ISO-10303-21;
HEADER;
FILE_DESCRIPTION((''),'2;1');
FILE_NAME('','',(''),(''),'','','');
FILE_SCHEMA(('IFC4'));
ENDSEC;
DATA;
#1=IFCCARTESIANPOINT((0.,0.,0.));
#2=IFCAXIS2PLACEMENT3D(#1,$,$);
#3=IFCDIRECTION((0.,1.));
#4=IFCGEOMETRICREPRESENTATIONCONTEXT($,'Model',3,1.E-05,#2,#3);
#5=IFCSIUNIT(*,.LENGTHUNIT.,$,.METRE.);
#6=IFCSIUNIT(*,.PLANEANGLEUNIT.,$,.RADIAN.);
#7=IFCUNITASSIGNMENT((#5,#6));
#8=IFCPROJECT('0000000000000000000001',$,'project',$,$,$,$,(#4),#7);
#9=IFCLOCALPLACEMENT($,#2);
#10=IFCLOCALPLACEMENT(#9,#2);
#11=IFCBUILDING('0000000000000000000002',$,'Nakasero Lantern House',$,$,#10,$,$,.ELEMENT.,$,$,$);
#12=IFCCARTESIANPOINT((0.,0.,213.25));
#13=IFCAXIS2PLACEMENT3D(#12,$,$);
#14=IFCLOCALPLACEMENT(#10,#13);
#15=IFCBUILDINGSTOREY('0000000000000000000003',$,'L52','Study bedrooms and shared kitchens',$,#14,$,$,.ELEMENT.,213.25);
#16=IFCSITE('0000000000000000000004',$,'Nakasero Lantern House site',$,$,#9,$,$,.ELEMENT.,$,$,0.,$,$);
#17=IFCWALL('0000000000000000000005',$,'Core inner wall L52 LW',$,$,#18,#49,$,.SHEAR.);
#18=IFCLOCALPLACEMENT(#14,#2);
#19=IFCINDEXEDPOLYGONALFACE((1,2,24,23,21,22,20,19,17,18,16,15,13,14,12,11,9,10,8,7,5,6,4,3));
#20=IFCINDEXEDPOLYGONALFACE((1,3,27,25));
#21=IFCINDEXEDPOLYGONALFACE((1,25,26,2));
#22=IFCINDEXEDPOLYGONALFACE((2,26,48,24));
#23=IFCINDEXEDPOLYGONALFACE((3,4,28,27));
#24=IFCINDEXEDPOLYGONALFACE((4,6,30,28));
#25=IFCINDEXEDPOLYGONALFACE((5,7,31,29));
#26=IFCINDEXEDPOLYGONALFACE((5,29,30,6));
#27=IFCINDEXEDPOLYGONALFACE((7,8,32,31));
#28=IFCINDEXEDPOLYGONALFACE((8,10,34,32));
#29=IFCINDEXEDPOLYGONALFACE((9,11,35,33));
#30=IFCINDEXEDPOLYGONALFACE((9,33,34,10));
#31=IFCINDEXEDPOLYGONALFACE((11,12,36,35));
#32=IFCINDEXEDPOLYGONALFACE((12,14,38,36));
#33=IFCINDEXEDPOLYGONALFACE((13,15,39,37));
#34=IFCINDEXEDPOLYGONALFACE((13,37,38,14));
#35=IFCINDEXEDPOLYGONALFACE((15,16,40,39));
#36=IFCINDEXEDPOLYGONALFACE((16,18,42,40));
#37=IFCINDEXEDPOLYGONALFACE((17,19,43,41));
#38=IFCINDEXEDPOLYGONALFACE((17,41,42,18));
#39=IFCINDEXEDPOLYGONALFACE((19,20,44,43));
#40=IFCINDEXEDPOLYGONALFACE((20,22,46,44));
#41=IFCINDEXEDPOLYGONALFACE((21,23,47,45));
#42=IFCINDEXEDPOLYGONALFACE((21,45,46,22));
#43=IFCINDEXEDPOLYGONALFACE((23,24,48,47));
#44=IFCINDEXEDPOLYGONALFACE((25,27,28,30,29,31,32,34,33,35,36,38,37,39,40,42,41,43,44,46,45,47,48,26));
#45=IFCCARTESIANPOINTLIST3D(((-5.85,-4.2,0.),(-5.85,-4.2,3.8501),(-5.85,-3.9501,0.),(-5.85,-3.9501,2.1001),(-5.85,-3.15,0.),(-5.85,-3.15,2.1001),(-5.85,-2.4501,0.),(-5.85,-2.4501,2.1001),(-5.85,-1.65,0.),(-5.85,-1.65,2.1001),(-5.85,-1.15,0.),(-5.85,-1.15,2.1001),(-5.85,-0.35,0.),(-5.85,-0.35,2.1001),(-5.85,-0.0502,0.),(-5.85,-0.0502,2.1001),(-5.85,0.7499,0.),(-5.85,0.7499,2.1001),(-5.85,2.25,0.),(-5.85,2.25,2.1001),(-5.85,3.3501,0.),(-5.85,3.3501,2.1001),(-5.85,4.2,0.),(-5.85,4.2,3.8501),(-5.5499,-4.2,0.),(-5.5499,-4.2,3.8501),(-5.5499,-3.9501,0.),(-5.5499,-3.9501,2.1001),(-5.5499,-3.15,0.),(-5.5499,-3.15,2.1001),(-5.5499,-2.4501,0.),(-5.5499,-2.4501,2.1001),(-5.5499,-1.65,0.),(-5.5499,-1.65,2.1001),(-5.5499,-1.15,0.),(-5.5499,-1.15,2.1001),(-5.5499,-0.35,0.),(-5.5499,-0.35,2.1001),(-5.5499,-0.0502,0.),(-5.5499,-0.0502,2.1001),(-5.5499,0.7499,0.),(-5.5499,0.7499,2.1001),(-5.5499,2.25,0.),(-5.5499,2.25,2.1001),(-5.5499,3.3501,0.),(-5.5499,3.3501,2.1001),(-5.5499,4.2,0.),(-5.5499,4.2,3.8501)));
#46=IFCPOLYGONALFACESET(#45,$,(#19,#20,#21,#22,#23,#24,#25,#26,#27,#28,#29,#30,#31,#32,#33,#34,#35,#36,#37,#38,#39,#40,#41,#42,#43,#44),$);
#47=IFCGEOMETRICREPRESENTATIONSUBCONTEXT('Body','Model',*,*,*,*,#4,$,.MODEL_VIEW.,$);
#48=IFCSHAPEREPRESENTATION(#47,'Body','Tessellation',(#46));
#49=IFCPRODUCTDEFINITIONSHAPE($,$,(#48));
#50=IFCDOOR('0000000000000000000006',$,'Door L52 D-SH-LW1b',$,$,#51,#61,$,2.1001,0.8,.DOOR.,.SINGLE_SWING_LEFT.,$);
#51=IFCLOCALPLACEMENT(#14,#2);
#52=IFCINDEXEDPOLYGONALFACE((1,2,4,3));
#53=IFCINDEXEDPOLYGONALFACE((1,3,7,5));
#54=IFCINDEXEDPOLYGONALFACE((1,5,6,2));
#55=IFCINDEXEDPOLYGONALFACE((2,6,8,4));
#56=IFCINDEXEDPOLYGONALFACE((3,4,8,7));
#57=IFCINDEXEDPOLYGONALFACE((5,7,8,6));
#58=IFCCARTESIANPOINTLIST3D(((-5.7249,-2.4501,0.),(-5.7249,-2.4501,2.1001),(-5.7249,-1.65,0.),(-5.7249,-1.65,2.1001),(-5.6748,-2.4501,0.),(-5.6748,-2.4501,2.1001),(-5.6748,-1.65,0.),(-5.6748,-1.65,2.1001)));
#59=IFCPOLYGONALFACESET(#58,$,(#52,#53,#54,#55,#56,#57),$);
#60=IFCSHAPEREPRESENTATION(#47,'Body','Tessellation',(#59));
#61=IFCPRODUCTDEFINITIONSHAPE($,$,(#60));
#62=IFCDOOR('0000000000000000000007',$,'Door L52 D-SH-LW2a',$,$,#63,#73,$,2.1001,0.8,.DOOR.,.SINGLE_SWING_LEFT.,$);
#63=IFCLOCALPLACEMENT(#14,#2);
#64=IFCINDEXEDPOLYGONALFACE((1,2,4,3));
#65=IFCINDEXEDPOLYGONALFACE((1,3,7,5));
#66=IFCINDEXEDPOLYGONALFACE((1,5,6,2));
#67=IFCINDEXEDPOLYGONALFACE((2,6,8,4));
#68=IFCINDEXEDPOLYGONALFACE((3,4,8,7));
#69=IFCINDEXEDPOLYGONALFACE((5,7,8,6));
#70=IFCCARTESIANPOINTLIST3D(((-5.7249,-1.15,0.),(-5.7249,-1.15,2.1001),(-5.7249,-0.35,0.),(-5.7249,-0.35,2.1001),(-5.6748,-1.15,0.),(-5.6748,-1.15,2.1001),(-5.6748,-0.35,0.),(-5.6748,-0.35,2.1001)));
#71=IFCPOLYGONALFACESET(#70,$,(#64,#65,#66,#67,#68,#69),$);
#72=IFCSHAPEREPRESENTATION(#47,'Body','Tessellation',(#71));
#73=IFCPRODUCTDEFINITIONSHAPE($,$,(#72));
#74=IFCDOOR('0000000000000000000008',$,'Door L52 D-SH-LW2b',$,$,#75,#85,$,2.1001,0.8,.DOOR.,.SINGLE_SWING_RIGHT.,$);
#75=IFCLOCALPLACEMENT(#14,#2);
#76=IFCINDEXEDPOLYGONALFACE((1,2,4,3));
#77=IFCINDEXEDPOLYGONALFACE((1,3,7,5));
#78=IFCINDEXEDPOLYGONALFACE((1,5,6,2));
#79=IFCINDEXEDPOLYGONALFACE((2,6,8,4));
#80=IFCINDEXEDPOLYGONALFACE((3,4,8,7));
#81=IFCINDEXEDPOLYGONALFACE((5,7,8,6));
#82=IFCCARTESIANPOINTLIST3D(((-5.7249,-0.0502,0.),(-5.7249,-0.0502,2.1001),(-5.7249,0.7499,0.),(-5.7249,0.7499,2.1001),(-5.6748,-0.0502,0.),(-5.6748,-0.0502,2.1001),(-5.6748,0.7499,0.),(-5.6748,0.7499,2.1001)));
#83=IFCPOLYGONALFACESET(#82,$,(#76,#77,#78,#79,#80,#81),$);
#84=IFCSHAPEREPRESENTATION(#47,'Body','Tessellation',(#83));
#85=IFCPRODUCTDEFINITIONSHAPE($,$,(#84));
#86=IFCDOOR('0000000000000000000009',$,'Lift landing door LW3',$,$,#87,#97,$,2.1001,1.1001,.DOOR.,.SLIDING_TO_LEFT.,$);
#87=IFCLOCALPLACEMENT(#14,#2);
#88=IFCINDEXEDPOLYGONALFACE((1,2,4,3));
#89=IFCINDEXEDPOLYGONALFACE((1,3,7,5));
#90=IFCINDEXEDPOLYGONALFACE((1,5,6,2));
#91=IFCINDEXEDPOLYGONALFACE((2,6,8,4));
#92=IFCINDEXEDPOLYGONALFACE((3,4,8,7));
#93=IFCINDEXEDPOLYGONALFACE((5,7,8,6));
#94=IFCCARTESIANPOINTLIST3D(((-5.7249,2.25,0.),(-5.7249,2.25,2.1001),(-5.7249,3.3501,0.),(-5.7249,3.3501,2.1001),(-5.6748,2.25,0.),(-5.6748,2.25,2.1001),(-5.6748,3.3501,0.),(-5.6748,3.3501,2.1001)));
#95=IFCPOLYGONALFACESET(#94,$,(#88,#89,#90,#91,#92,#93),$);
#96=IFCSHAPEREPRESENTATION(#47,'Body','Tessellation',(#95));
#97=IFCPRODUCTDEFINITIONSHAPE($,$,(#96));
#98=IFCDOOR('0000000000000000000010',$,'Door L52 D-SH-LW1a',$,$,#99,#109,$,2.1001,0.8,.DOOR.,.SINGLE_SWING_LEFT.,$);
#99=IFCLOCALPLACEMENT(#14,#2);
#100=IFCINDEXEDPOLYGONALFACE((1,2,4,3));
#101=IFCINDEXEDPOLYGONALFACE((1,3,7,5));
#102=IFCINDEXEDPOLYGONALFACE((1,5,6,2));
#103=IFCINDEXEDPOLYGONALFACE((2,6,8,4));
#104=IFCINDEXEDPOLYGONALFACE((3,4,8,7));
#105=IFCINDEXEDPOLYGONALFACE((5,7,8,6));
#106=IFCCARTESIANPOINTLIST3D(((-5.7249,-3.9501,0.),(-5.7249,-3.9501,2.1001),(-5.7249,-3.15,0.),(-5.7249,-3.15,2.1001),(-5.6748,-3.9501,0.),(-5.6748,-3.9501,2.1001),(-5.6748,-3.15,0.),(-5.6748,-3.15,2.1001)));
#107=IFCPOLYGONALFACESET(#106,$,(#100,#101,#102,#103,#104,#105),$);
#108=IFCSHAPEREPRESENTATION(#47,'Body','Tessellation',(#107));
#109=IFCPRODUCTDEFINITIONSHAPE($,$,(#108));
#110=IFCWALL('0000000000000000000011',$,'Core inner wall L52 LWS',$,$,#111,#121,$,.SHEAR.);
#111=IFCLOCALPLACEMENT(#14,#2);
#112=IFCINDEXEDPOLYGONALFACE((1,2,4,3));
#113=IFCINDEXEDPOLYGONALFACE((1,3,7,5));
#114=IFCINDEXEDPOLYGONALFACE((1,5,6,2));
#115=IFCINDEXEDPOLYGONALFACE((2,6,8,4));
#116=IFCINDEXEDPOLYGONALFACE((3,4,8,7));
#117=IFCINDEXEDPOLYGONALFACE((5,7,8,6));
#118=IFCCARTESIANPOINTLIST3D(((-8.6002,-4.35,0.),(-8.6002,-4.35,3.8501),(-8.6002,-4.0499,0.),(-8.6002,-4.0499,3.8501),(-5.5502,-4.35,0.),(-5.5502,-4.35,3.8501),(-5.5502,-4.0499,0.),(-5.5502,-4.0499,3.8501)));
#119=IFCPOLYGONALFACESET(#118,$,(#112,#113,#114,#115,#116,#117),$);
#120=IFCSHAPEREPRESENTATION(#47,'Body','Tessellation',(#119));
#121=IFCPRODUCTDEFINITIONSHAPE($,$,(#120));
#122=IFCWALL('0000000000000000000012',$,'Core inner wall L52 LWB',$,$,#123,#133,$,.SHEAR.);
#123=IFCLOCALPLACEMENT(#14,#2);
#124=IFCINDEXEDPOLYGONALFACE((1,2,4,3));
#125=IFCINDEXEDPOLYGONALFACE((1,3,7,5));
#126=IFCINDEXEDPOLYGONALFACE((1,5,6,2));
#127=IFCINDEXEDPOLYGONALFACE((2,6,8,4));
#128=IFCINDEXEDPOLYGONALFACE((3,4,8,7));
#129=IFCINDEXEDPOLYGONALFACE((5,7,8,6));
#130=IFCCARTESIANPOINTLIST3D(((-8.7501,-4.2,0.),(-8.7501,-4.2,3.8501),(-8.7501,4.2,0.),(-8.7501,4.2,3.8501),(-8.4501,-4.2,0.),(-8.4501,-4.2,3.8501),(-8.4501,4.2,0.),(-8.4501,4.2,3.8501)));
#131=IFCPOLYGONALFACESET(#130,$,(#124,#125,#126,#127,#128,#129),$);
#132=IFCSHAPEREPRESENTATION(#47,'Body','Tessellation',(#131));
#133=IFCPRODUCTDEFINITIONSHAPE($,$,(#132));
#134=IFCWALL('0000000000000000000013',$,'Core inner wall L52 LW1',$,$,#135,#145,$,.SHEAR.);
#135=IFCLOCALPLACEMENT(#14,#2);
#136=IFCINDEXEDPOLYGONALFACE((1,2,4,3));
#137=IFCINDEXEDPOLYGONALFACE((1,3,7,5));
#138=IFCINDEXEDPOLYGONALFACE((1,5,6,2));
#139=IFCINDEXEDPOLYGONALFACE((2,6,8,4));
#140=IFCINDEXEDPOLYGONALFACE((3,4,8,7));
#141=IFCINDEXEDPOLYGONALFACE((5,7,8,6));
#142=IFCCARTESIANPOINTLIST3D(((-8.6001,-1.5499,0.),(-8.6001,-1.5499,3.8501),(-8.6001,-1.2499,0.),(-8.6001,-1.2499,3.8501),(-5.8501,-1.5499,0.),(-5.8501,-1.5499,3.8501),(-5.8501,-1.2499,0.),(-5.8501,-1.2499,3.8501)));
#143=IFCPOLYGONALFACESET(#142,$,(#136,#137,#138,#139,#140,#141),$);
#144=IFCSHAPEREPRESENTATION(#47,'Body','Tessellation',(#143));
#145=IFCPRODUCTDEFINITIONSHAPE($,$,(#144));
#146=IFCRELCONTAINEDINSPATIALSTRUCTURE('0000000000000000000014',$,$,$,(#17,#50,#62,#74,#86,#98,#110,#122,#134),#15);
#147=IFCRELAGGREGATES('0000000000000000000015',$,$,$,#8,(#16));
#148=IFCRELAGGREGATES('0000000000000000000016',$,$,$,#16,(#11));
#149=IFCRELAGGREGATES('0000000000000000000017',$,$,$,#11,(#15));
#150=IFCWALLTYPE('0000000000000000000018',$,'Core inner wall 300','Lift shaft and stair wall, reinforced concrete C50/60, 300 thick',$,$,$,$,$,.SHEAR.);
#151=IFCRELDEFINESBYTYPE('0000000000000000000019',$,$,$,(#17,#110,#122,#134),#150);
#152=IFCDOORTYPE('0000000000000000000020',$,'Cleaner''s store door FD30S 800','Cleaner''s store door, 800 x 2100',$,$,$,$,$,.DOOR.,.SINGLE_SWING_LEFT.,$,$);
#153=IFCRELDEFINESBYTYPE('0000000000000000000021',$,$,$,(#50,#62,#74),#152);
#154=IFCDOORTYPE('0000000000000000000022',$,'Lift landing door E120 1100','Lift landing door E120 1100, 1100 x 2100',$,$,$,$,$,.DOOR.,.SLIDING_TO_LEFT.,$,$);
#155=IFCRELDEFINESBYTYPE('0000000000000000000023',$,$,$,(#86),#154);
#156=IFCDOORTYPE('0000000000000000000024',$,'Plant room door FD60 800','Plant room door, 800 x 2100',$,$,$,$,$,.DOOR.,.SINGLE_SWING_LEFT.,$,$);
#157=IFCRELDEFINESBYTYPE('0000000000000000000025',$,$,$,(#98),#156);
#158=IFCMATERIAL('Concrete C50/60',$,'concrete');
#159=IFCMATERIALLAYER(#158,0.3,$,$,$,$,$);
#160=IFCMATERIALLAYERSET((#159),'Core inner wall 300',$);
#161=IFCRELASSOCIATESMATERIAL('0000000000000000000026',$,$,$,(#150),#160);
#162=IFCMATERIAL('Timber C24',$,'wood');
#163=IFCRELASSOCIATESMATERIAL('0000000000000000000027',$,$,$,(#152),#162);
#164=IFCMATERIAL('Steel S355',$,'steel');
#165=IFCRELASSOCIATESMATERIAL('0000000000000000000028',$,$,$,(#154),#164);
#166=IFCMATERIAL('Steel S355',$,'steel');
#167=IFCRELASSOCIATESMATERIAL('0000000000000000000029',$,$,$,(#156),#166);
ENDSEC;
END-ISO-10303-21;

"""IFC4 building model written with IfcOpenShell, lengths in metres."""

from ifc_helpers import new_model, si_unit, direction, frame, frame_2d, origin, place, context, subcontext, project, spatial, rectangle, extrude, material, layer, layer_set, type_object, element, fill, save


model = new_model("IFC4")

# Units and contexts
model_context = context("Model", 3, precision=1e-05, world=origin(), true_north=direction((0.0, 1.0)))
body_context = subcontext(model_context, "Body", "Model", "MODEL_VIEW")
ifc_project = project(units=[si_unit("LENGTHUNIT", "METRE"), si_unit("PLANEANGLEUNIT", "RADIAN")], contexts=[model_context])

# Site, building, storey
site_placement = place(None, origin())
site = spatial("IfcSite", under=ifc_project, at=site_placement, Name="Nakasero Lantern House site", CompositionType="ELEMENT", RefElevation=0.0)
building_placement = place(site_placement, origin())
building = spatial("IfcBuilding", under=site, at=building_placement, Name="Nakasero Lantern House", CompositionType="ELEMENT")
storey_placement = place(building_placement, frame((0.0, 0.0, 213.25)))
storey = spatial("IfcBuildingStorey", under=building, at=storey_placement, Name="L52", Description="Study bedrooms and shared kitchens", CompositionType="ELEMENT", Elevation=213.25)

# Wall, openings, doors
ifc_material_1 = material(Name="Concrete C50/60", Category="concrete")
ifc_layer_1 = layer(ifc_material_1, 0.3)
ifc_layer_set_1 = layer_set([ifc_layer_1], Name="Core inner wall 300")
wall_type_1 = type_object("IfcWallType", Name="Core inner wall 300", Description="Lift shaft and stair wall, reinforced concrete C50/60, 300 thick", PredefinedType="SHEAR", material=ifc_layer_set_1)
wall_1_placement = place(storey_placement, frame((-5.7, -4.2, 0.0), z_axis=(0.0, 0.0, 1.0), x_axis=(0.0, 1.0, 0.0)))
wall_1 = element("IfcWall", 1, at=wall_1_placement, inside=storey, type_object=wall_type_1, Name="Core inner wall L52 LW", PredefinedType="SHEAR", context=body_context, shape_type="SweptSolid", body=[
    extrude(rectangle(XDim=8.3999, YDim=0.3, at=frame_2d((4.2, 0.0))), origin(), (0.0, 0.0, 1.0), 3.8501),
])
opening_1_placement = place(wall_1_placement, frame((0.25, 0.0, 0.0)))
opening_1 = element("IfcOpeningElement", 2, at=opening_1_placement, cuts=wall_1, PredefinedType="OPENING", context=body_context, shape_type="SweptSolid", body=[
    extrude(rectangle(XDim=0.8, YDim=2.1001, at=frame_2d((0.3999, 1.05))), frame((0.0, 0.1699, 0.0), z_axis=(0.0, -1.0, 0.0), x_axis=(1.0, 0.0, 0.0)), (0.0, 0.0, 1.0), 0.3401),
])
opening_2_placement = place(wall_1_placement, frame((1.75, 0.0, 0.0)))
opening_2 = element("IfcOpeningElement", 3, at=opening_2_placement, cuts=wall_1, PredefinedType="OPENING", context=body_context, shape_type="SweptSolid", body=[
    extrude(rectangle(XDim=0.8, YDim=2.1001, at=frame_2d((0.3999, 1.05))), frame((0.0, 0.1699, 0.0), z_axis=(0.0, -1.0, 0.0), x_axis=(1.0, 0.0, 0.0)), (0.0, 0.0, 1.0), 0.3401),
])
opening_3_placement = place(wall_1_placement, frame((3.05, 0.0, 0.0)))
opening_3 = element("IfcOpeningElement", 4, at=opening_3_placement, cuts=wall_1, PredefinedType="OPENING", context=body_context, shape_type="SweptSolid", body=[
    extrude(rectangle(XDim=0.8, YDim=2.1001, at=frame_2d((0.3999, 1.05))), frame((0.0, 0.1699, 0.0), z_axis=(0.0, -1.0, 0.0), x_axis=(1.0, 0.0, 0.0)), (0.0, 0.0, 1.0), 0.3401),
])
opening_4_placement = place(wall_1_placement, frame((4.1499, 0.0, 0.0)))
opening_4 = element("IfcOpeningElement", 5, at=opening_4_placement, cuts=wall_1, PredefinedType="OPENING", context=body_context, shape_type="SweptSolid", body=[
    extrude(rectangle(XDim=0.8, YDim=2.1001, at=frame_2d((0.3999, 1.05))), frame((0.0, 0.1699, 0.0), z_axis=(0.0, -1.0, 0.0), x_axis=(1.0, 0.0, 0.0)), (0.0, 0.0, 1.0), 0.3401),
])
opening_5_placement = place(wall_1_placement, frame((6.45, 0.0, 0.0)))
opening_5 = element("IfcOpeningElement", 6, at=opening_5_placement, cuts=wall_1, PredefinedType="OPENING", context=body_context, shape_type="SweptSolid", body=[
    extrude(rectangle(XDim=1.1001, YDim=2.1001, at=frame_2d((0.55, 1.05))), frame((0.0, 0.1699, 0.0), z_axis=(0.0, -1.0, 0.0), x_axis=(1.0, 0.0, 0.0)), (0.0, 0.0, 1.0), 0.3401),
])
ifc_material_2 = material(Name="Timber C24", Category="wood")
door_type_1 = type_object("IfcDoorType", Name="Cleaner's store door FD30S 800", Description="Cleaner's store door, 800 x 2100", OperationType="SINGLE_SWING_LEFT", PredefinedType="DOOR", material=ifc_material_2)
door_1_placement = place(opening_2_placement, origin())
door_1 = element("IfcDoor", 7, at=door_1_placement, inside=storey, type_object=door_type_1, Name="Door L52 D-SH-LW1b", OperationType="SINGLE_SWING_LEFT", OverallHeight=2.1001, OverallWidth=0.8, PredefinedType="DOOR", context=body_context, shape_type="SweptSolid", body=[
    extrude(rectangle(XDim=0.8, YDim=2.1001, at=frame_2d((0.3999, 1.05))), frame((0.0, 0.0249, 0.0), z_axis=(0.0, -1.0, 0.0), x_axis=(1.0, 0.0, 0.0)), (0.0, 0.0, 1.0), 0.05),
])
fill(opening_2, door_1)
door_2_placement = place(opening_3_placement, origin())
door_2 = element("IfcDoor", 8, at=door_2_placement, inside=storey, type_object=door_type_1, Name="Door L52 D-SH-LW2a", OperationType="SINGLE_SWING_LEFT", OverallHeight=2.1001, OverallWidth=0.8, PredefinedType="DOOR", context=body_context, shape_type="SweptSolid", body=[
    extrude(rectangle(XDim=0.8, YDim=2.1001, at=frame_2d((0.3999, 1.05))), frame((0.0, 0.0249, 0.0), z_axis=(0.0, -1.0, 0.0), x_axis=(1.0, 0.0, 0.0)), (0.0, 0.0, 1.0), 0.05),
])
fill(opening_3, door_2)
door_3_placement = place(opening_4_placement, origin())
door_3 = element("IfcDoor", 9, at=door_3_placement, inside=storey, type_object=door_type_1, Name="Door L52 D-SH-LW2b", OperationType="SINGLE_SWING_RIGHT", OverallHeight=2.1001, OverallWidth=0.8, PredefinedType="DOOR", context=body_context, shape_type="SweptSolid", body=[
    extrude(rectangle(XDim=0.8, YDim=2.1001, at=frame_2d((0.3999, 1.05))), frame((0.0, 0.0249, 0.0), z_axis=(0.0, -1.0, 0.0), x_axis=(1.0, 0.0, 0.0)), (0.0, 0.0, 1.0), 0.05),
])
fill(opening_4, door_3)
ifc_material_3 = material(Name="Steel S355", Category="steel")
door_type_2 = type_object("IfcDoorType", Name="Lift landing door E120 1100", Description="Lift landing door E120 1100, 1100 x 2100", OperationType="SLIDING_TO_LEFT", PredefinedType="DOOR", material=ifc_material_3)
door_4_placement = place(opening_5_placement, origin())
door_4 = element("IfcDoor", 10, at=door_4_placement, inside=storey, type_object=door_type_2, Name="Lift landing door LW3", OperationType="SLIDING_TO_LEFT", OverallHeight=2.1001, OverallWidth=1.1001, PredefinedType="DOOR", context=body_context, shape_type="SweptSolid", body=[
    extrude(rectangle(XDim=1.1001, YDim=2.1001, at=frame_2d((0.55, 1.05))), frame((0.0, 0.0249, 0.0), z_axis=(0.0, -1.0, 0.0), x_axis=(1.0, 0.0, 0.0)), (0.0, 0.0, 1.0), 0.05),
])
fill(opening_5, door_4)
ifc_material_4 = material(Name="Steel S355", Category="steel")
door_type_3 = type_object("IfcDoorType", Name="Plant room door FD60 800", Description="Plant room door, 800 x 2100", OperationType="SINGLE_SWING_LEFT", PredefinedType="DOOR", material=ifc_material_4)
door_5_placement = place(opening_1_placement, origin())
door_5 = element("IfcDoor", 11, at=door_5_placement, inside=storey, type_object=door_type_3, Name="Door L52 D-SH-LW1a", OperationType="SINGLE_SWING_LEFT", OverallHeight=2.1001, OverallWidth=0.8, PredefinedType="DOOR", context=body_context, shape_type="SweptSolid", body=[
    extrude(rectangle(XDim=0.8, YDim=2.1001, at=frame_2d((0.3999, 1.05))), frame((0.0, 0.0249, 0.0), z_axis=(0.0, -1.0, 0.0), x_axis=(1.0, 0.0, 0.0)), (0.0, 0.0, 1.0), 0.05),
])
fill(opening_1, door_5)

# Walls
wall_2_placement = place(storey_placement, frame((-8.6001, -4.2, 0.0), z_axis=(0.0, 0.0, 1.0), x_axis=(1.0, 0.0, 0.0)))
element("IfcWall", 12, at=wall_2_placement, inside=storey, type_object=wall_type_1, Name="Core inner wall L52 LWS", PredefinedType="SHEAR", context=body_context, shape_type="SweptSolid", body=[
    extrude(rectangle(XDim=3.05, YDim=0.3, at=frame_2d((1.5249, 0.0))), origin(), (0.0, 0.0, 1.0), 3.8501),
])
wall_3_placement = place(storey_placement, frame((-8.6001, -4.2, 0.0), z_axis=(0.0, 0.0, 1.0), x_axis=(0.0, 1.0, 0.0)))
element("IfcWall", 13, at=wall_3_placement, inside=storey, type_object=wall_type_1, Name="Core inner wall L52 LWB", PredefinedType="SHEAR", context=body_context, shape_type="SweptSolid", body=[
    extrude(rectangle(XDim=8.3999, YDim=0.3, at=frame_2d((4.2, 0.0))), origin(), (0.0, 0.0, 1.0), 3.8501),
])
wall_4_placement = place(storey_placement, frame((-8.6001, -1.3999, 0.0), z_axis=(0.0, 0.0, 1.0), x_axis=(1.0, 0.0, 0.0)))
element("IfcWall", 14, at=wall_4_placement, inside=storey, type_object=wall_type_1, Name="Core inner wall L52 LW1", PredefinedType="SHEAR", context=body_context, shape_type="SweptSolid", body=[
    extrude(rectangle(XDim=2.75, YDim=0.3, at=frame_2d((1.375, 0.0))), origin(), (0.0, 0.0, 1.0), 3.8501),
])

save(model, "model.ifc")
